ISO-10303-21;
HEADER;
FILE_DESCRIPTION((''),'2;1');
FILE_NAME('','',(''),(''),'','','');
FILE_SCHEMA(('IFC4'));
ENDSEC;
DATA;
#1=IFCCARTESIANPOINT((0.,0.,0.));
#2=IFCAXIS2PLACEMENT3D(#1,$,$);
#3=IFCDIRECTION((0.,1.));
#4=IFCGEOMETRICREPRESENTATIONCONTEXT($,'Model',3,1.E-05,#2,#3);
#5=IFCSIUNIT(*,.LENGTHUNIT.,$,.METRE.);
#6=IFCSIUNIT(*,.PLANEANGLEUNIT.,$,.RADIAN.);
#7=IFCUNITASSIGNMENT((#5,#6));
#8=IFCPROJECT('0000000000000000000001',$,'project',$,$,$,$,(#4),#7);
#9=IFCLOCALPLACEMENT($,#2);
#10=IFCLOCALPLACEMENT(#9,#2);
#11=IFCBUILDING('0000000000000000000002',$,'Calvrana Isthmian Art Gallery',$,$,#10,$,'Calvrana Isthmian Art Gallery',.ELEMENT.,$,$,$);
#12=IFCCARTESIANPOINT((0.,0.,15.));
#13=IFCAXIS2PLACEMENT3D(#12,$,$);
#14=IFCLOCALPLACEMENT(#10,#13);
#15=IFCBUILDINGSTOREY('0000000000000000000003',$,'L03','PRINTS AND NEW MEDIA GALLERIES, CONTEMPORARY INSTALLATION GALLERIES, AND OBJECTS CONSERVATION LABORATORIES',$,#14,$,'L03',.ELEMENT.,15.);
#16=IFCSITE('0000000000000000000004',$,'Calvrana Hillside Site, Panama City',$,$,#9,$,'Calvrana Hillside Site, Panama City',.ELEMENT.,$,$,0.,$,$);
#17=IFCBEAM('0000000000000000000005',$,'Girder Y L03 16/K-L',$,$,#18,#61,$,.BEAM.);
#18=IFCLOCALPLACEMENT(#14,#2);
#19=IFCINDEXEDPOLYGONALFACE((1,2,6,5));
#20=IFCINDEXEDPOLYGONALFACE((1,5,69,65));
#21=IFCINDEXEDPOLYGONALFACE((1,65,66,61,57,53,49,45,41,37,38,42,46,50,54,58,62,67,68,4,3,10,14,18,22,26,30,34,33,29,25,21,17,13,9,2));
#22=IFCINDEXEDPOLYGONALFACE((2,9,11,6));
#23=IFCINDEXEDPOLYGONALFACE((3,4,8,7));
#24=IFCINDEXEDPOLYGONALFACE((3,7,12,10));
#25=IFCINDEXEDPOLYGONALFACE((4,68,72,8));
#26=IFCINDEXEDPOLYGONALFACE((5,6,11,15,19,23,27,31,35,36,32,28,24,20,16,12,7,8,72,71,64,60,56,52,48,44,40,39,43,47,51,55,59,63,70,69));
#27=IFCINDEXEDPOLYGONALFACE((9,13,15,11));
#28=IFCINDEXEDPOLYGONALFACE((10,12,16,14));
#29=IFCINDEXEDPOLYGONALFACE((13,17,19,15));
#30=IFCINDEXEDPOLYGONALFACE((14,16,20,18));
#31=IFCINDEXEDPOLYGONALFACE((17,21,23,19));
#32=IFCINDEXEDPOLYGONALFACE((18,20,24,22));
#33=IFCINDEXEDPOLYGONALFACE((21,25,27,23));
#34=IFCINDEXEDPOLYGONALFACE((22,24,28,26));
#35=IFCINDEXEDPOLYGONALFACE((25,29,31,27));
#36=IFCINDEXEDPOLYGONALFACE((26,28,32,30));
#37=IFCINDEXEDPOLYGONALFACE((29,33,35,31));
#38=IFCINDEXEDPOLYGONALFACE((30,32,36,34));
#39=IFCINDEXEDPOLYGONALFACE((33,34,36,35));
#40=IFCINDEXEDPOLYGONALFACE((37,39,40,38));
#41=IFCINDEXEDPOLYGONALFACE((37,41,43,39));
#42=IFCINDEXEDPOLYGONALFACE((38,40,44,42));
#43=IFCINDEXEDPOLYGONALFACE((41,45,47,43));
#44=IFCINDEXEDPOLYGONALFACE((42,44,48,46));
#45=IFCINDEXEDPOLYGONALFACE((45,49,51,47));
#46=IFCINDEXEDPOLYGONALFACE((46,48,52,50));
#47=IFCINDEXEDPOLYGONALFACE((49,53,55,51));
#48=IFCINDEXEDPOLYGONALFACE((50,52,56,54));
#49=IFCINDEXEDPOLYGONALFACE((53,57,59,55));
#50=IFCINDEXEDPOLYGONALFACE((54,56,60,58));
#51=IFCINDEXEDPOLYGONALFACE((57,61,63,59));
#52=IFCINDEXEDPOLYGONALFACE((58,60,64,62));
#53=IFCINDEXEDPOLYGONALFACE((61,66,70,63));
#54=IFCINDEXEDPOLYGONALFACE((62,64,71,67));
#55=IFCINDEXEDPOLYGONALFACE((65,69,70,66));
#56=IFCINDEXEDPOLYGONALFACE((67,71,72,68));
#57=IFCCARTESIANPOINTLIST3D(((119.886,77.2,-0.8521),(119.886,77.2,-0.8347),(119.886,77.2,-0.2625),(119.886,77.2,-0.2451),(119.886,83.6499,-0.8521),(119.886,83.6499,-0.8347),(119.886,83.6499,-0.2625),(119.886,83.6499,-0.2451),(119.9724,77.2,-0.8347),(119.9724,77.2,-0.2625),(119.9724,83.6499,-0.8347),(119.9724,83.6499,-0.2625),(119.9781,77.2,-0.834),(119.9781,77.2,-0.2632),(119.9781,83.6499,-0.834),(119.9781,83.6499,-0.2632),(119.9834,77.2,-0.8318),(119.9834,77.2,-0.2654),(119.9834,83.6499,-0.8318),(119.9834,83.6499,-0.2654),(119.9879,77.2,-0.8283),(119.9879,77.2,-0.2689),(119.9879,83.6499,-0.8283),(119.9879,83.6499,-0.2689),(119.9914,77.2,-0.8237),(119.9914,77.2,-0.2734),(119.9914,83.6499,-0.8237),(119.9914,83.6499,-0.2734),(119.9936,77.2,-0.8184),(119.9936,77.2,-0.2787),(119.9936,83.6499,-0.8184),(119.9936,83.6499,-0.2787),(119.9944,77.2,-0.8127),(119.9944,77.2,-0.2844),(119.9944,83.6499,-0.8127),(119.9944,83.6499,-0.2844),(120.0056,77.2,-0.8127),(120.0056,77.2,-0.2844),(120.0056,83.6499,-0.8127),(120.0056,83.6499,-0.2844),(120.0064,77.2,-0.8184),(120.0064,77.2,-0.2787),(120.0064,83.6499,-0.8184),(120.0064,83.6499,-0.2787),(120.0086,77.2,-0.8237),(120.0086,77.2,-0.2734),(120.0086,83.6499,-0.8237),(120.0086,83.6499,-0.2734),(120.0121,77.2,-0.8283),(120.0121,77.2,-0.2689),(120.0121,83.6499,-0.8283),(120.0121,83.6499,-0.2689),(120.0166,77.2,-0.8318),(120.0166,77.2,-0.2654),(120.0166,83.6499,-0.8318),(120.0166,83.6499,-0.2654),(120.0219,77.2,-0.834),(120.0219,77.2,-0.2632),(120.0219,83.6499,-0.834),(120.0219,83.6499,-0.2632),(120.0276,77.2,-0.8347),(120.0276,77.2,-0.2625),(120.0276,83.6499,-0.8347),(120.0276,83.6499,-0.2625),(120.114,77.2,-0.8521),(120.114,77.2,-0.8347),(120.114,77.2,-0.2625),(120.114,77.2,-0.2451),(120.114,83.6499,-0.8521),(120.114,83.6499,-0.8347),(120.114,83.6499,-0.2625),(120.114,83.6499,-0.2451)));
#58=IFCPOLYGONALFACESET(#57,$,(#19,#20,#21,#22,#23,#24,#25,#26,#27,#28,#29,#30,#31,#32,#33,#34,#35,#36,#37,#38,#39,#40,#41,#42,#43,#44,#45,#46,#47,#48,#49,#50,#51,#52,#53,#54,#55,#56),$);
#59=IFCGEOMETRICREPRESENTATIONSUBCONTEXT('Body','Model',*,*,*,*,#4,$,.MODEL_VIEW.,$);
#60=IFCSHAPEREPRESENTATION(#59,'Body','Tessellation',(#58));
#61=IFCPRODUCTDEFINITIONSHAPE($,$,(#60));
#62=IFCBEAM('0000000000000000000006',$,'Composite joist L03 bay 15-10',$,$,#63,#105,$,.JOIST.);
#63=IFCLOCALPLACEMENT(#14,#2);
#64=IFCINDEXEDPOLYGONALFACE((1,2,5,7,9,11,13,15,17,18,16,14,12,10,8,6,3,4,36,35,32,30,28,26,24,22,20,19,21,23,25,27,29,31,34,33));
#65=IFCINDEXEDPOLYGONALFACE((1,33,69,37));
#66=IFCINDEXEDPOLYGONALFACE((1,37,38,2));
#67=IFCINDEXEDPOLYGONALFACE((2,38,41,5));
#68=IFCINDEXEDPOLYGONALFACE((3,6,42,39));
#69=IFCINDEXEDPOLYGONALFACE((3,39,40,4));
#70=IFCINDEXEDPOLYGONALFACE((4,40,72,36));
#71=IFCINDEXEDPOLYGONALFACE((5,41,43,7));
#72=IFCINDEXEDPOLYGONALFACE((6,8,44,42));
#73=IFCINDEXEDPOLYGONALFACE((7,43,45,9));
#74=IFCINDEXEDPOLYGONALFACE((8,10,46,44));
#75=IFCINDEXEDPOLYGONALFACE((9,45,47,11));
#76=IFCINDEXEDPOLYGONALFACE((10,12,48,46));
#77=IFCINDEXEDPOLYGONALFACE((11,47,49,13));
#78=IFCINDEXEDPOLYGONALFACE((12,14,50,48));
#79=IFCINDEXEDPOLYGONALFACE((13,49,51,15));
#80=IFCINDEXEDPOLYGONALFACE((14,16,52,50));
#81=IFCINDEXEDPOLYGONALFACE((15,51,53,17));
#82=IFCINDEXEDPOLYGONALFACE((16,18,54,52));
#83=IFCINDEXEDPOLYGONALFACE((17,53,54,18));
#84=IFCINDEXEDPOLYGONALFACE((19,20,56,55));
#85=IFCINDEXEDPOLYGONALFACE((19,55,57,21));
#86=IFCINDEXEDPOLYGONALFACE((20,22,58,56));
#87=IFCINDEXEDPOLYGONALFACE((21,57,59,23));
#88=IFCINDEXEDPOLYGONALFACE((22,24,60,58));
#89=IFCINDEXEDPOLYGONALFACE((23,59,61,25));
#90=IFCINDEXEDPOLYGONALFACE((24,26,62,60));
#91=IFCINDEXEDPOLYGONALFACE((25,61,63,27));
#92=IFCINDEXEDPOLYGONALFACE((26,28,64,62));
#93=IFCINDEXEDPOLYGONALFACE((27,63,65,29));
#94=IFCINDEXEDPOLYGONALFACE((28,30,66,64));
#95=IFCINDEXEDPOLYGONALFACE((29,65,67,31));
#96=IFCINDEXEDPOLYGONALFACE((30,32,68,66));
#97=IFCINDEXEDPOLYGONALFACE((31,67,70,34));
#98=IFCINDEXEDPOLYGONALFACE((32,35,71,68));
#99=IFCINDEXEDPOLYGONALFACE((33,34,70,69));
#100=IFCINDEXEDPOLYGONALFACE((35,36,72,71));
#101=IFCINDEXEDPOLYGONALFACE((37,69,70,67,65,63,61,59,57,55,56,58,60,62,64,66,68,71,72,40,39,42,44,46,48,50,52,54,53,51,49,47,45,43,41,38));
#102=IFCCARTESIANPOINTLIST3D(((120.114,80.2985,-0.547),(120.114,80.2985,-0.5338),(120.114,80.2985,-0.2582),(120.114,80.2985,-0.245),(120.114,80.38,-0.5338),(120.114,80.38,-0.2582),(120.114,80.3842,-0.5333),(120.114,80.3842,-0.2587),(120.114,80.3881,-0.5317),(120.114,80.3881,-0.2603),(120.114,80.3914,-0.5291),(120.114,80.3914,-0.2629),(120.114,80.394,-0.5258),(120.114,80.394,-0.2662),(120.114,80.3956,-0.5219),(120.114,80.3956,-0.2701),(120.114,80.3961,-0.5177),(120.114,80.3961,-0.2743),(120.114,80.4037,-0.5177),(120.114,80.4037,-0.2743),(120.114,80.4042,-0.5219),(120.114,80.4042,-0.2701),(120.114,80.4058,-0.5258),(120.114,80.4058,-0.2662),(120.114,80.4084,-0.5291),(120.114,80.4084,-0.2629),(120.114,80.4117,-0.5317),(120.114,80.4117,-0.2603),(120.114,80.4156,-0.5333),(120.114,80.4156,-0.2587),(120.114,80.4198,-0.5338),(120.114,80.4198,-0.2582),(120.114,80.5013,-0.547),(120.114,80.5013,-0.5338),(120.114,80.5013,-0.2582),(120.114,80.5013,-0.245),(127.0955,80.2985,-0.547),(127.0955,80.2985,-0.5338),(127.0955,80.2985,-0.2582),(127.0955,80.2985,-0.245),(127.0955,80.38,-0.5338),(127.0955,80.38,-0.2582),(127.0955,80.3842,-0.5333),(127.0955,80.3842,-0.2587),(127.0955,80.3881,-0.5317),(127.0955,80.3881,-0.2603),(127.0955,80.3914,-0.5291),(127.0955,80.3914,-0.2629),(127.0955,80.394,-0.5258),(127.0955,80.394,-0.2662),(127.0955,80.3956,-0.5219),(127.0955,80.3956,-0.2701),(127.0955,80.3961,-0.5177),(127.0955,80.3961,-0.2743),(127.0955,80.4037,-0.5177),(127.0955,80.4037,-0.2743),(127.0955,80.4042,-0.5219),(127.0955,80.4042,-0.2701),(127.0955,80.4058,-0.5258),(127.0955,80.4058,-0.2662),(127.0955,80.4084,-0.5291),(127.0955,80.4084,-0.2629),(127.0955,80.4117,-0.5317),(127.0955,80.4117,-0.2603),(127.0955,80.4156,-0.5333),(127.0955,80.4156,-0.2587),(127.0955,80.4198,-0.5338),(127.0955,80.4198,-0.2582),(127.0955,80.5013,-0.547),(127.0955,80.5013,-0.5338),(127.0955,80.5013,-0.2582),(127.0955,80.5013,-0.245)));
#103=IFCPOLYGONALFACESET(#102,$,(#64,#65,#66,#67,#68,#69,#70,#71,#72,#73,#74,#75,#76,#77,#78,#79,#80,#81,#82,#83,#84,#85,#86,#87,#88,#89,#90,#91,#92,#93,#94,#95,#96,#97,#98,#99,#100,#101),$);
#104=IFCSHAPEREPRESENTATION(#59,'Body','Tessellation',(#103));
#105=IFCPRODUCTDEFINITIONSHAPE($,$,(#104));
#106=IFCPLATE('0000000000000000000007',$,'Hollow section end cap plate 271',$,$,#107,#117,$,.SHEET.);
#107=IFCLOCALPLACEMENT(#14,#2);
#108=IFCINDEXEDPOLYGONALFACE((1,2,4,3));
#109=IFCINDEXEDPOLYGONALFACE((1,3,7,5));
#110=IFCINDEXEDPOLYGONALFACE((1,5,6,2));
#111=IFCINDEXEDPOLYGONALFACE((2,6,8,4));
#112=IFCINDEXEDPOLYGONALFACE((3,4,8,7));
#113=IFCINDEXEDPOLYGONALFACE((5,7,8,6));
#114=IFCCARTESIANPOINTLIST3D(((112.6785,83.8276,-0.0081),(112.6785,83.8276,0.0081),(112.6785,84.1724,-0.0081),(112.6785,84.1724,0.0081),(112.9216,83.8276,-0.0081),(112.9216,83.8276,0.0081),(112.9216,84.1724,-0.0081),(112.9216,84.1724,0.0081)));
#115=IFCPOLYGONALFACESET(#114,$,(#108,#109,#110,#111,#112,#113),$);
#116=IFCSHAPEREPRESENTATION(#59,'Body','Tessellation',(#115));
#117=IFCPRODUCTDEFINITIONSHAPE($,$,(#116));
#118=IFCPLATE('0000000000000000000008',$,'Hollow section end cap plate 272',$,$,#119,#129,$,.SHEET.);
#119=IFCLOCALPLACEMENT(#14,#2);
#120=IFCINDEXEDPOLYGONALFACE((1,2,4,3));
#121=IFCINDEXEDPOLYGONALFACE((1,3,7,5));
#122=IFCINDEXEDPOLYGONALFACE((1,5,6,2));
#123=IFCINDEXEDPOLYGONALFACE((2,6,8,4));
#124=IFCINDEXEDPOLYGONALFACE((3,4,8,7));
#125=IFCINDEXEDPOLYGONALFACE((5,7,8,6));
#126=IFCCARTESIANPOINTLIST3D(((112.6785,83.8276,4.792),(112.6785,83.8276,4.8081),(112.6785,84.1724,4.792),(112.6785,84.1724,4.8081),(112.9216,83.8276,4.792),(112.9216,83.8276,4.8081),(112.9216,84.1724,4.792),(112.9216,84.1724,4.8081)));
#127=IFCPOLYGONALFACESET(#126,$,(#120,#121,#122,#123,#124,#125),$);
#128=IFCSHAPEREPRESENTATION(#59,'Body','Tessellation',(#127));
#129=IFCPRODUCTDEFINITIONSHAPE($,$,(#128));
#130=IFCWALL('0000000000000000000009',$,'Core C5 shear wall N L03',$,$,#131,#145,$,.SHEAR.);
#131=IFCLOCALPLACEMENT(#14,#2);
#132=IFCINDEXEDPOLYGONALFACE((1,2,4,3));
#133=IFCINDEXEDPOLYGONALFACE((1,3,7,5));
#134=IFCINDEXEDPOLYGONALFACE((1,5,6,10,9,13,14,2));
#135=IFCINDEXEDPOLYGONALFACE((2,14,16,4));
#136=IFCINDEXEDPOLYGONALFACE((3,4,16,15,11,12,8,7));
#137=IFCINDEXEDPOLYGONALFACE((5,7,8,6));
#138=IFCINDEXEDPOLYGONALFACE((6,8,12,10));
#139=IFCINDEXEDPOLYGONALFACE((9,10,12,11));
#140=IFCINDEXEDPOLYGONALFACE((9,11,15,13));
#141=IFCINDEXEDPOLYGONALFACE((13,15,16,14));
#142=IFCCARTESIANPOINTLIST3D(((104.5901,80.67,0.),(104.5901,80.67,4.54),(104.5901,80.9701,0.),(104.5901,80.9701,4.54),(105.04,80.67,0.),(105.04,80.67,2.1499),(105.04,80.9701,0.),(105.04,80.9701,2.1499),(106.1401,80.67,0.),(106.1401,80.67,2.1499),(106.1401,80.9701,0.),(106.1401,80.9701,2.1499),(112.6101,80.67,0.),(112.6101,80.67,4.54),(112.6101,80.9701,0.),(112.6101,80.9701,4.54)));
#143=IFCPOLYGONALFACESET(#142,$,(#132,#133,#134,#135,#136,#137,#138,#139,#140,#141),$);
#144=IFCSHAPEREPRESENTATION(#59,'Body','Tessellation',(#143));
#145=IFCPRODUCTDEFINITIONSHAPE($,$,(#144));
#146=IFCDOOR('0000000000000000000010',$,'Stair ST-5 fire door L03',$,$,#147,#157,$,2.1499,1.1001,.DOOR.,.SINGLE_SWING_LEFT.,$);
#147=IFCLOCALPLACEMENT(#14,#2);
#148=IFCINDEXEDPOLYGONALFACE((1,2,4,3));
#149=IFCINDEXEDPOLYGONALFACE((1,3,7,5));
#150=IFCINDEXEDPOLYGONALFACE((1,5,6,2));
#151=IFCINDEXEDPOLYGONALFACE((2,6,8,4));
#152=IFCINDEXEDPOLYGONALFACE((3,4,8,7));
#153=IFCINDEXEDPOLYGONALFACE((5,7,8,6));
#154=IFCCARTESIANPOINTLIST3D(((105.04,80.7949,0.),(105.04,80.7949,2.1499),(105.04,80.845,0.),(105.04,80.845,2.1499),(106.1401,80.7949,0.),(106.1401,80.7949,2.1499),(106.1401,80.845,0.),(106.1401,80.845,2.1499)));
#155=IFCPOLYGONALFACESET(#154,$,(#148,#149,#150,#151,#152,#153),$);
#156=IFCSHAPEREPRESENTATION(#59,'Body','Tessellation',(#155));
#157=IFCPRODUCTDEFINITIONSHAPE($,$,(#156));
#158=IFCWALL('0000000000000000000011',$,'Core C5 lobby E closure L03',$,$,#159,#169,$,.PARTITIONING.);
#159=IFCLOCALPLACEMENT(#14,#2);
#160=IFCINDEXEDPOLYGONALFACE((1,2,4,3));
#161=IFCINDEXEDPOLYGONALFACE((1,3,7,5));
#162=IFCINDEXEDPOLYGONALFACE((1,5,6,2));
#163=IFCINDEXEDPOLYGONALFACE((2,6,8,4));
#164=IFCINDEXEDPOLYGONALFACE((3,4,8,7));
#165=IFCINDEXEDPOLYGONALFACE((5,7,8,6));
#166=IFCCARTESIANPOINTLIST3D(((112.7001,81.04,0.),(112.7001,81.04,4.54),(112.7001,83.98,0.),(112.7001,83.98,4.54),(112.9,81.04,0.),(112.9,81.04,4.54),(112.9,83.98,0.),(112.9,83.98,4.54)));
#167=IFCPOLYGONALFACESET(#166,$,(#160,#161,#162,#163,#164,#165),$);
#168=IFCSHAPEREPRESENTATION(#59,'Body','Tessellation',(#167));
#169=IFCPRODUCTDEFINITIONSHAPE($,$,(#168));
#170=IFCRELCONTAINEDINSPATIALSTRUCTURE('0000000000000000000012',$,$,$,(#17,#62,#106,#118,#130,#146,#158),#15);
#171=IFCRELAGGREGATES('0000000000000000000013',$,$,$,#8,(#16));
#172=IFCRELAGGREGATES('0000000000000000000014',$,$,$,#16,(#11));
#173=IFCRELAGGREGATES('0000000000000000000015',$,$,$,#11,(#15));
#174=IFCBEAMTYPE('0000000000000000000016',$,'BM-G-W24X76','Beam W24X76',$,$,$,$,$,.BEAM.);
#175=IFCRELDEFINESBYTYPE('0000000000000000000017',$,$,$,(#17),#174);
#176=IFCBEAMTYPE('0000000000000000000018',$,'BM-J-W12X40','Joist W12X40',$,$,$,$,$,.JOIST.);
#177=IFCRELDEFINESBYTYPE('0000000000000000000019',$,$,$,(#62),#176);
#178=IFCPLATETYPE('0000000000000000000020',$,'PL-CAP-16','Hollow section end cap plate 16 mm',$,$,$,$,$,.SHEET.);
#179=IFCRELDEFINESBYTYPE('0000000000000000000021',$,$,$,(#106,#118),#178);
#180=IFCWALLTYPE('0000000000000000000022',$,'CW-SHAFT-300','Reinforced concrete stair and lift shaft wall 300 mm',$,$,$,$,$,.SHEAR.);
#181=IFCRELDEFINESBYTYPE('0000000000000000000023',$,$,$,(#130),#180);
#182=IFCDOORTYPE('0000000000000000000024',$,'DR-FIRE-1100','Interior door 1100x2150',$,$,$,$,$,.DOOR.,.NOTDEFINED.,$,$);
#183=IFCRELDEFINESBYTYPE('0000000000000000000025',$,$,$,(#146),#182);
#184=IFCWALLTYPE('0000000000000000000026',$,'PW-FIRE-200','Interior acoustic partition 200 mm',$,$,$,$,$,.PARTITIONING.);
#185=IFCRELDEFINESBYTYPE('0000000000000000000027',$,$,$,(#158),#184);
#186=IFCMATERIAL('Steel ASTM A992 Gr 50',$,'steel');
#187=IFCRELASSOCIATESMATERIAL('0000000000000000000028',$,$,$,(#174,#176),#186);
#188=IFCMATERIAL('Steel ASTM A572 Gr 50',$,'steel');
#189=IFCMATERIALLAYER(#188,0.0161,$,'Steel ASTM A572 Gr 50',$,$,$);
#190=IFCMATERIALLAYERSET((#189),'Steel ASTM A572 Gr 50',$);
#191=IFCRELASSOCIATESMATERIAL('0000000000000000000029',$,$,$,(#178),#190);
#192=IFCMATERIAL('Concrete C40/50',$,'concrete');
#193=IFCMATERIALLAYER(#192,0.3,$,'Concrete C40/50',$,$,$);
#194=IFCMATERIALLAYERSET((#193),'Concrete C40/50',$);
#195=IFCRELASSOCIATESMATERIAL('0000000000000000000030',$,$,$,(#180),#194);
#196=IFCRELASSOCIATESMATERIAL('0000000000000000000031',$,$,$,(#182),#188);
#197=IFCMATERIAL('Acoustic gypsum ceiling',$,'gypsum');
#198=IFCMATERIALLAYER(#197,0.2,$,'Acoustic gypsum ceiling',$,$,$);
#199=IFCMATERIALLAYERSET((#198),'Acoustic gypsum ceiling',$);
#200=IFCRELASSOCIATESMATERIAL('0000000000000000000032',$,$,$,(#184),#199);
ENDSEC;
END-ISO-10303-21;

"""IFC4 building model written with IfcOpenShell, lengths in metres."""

from ifc_helpers import new_model, si_unit, direction, frame, frame_2d, origin, origin_2d, place, context, subcontext, project, spatial, rectangle, i_section, extrude, material, layer, layer_set, material_profile, profile_set, type_object, element, fill, save


model = new_model("IFC4")

# Units and contexts
model_context = context("Model", 3, precision=1e-05, world=origin(), true_north=direction((0.0, 1.0)))
body_context = subcontext(model_context, "Body", "Model", "MODEL_VIEW")
ifc_project = project(units=[si_unit("LENGTHUNIT", "METRE"), si_unit("PLANEANGLEUNIT", "RADIAN")], contexts=[model_context])

# Site, building, storey
site_placement = place(None, origin())
site = spatial("IfcSite", under=ifc_project, at=site_placement, Name="Calvrana Hillside Site, Panama City", LongName="Calvrana Hillside Site, Panama City", CompositionType="ELEMENT", RefElevation=0.0)
building_placement = place(site_placement, origin())
building = spatial("IfcBuilding", under=site, at=building_placement, Name="Calvrana Isthmian Art Gallery", LongName="Calvrana Isthmian Art Gallery", CompositionType="ELEMENT")
storey_placement = place(building_placement, frame((0.0, 0.0, 15.0)))
storey = spatial("IfcBuildingStorey", under=building, at=storey_placement, Name="L03", Description="PRINTS AND NEW MEDIA GALLERIES, CONTEMPORARY INSTALLATION GALLERIES, AND OBJECTS CONSERVATION LABORATORIES", LongName="L03", CompositionType="ELEMENT", Elevation=15.0)

# Shared definitions
ifc_material_1 = material(Name="Concrete C40/50", Category="concrete")

# Beams
ifc_material_2 = material(Name="Steel ASTM A992 Gr 50", Category="steel")
ifc_material_profile_1 = material_profile(ifc_material_2, i_section(OverallWidth=0.228, OverallDepth=0.6069, WebThickness=0.0112, FlangeThickness=0.0173, FilletRadius=0.022, at=origin_2d()), Name="W24X76")
ifc_profile_set_1 = profile_set([ifc_material_profile_1], Name="Steel ASTM A992 Gr 50")
beam_type_1 = type_object("IfcBeamType", Name="BM-G-W24X76", Description="Beam W24X76", PredefinedType="BEAM", material=ifc_profile_set_1)
beam_1_placement = place(storey_placement, frame((120.0, 77.2, -0.5486), z_axis=(0.0, 1.0, 0.0), x_axis=(-1.0, 0.0, 0.0)))
element("IfcBeam", 1, at=beam_1_placement, inside=storey, type_object=beam_type_1, Name="Girder Y L03 16/K-L", PredefinedType="BEAM", context=body_context, shape_type="SweptSolid", body=[
    extrude(i_section(OverallWidth=0.228, OverallDepth=0.6069, WebThickness=0.0112, FlangeThickness=0.0173, FilletRadius=0.022, at=origin_2d()), origin(), (0.0, 0.0, 1.0), 6.45),
])
ifc_material_profile_2 = material_profile(ifc_material_2, i_section(OverallWidth=0.2029, OverallDepth=0.302, WebThickness=0.0076, FlangeThickness=0.0132, FilletRadius=0.0161, at=origin_2d()), Name="W12X40")
ifc_profile_set_2 = profile_set([ifc_material_profile_2], Name="Steel ASTM A992 Gr 50")
beam_type_2 = type_object("IfcBeamType", Name="BM-J-W12X40", Description="Joist W12X40", PredefinedType="JOIST", material=ifc_profile_set_2)
beam_2_placement = place(storey_placement, frame((120.114, 80.3999, -0.396), z_axis=(1.0, 0.0, 0.0), x_axis=(0.0, 1.0, 0.0)))
element("IfcBeam", 2, at=beam_2_placement, inside=storey, type_object=beam_type_2, Name="Composite joist L03 bay 15-10", PredefinedType="JOIST", context=body_context, shape_type="SweptSolid", body=[
    extrude(i_section(OverallWidth=0.2029, OverallDepth=0.302, WebThickness=0.0076, FlangeThickness=0.0132, FilletRadius=0.0161, at=origin_2d()), origin(), (0.0, 0.0, 1.0), 6.9814),
])

# Plates
ifc_material_3 = material(Name="Steel ASTM A572 Gr 50", Category="steel")
ifc_layer_1 = layer(ifc_material_3, 0.0161, Name="Steel ASTM A572 Gr 50")
ifc_layer_set_1 = layer_set([ifc_layer_1], Name="Steel ASTM A572 Gr 50")
plate_type = type_object("IfcPlateType", Name="PL-CAP-16", Description="Hollow section end cap plate 16 mm", PredefinedType="SHEET", material=ifc_layer_set_1)
for number, where, z_axis, x_axis, name in (
    (3, (112.8, 84.0, -0.0081), (0.0, 0.0, 1.0), (1.0, 0.0, 0.0), "Hollow section end cap plate 271"),
    (4, (112.8, 84.0, 4.792), (0.0, 0.0, 1.0), (1.0, 0.0, 0.0), "Hollow section end cap plate 272"),
):
    element("IfcPlate", number, at=place(storey_placement, frame(where, z_axis=z_axis, x_axis=x_axis)), inside=storey, type_object=plate_type, Name=name, PredefinedType="SHEET", context=body_context, shape_type="SweptSolid", body=[
        extrude(rectangle(XDim=0.2432, YDim=0.3447, at=origin_2d()), origin(), (0.0, 0.0, 1.0), 0.0161),
    ])

# Wall, opening, door
ifc_layer_2 = layer(ifc_material_1, 0.3, Name="Concrete C40/50")
ifc_layer_set_2 = layer_set([ifc_layer_2], Name="Concrete C40/50")
wall_type_1 = type_object("IfcWallType", Name="CW-SHAFT-300", Description="Reinforced concrete stair and lift shaft wall 300 mm", PredefinedType="SHEAR", material=ifc_layer_set_2)
wall_1_placement = place(storey_placement, frame((104.5901, 80.8201, 0.0), z_axis=(0.0, 0.0, 1.0), x_axis=(1.0, 0.0, 0.0)))
wall_1 = element("IfcWall", 5, at=wall_1_placement, inside=storey, type_object=wall_type_1, Name="Core C5 shear wall N L03", PredefinedType="SHEAR", context=body_context, shape_type="SweptSolid", body=[
    extrude(rectangle(XDim=8.02, YDim=0.3, at=frame_2d((4.01, 0.0))), origin(), (0.0, 0.0, 1.0), 4.54),
])
opening_1_placement = place(wall_1_placement, frame((0.45, 0.0, 0.0)))
opening_1 = element("IfcOpeningElement", 6, at=opening_1_placement, cuts=wall_1, PredefinedType="OPENING", context=body_context, shape_type="SweptSolid", body=[
    extrude(rectangle(XDim=1.1001, YDim=2.1499, at=frame_2d((0.55, 1.075))), frame((0.0, 0.1602, 0.0), z_axis=(0.0, -1.0, 0.0), x_axis=(1.0, 0.0, 0.0)), (0.0, 0.0, 1.0), 0.3206),
])
door_type_1 = type_object("IfcDoorType", Name="DR-FIRE-1100", Description="Interior door 1100x2150", OperationType="NOTDEFINED", PredefinedType="DOOR", material=ifc_material_3)
door_1_placement = place(opening_1_placement, origin())
door_1 = element("IfcDoor", 7, at=door_1_placement, inside=storey, type_object=door_type_1, Name="Stair ST-5 fire door L03", OperationType="SINGLE_SWING_LEFT", OverallHeight=2.1499, OverallWidth=1.1001, PredefinedType="DOOR", context=body_context, shape_type="SweptSolid", body=[
    extrude(rectangle(XDim=1.1001, YDim=2.1499, at=frame_2d((0.55, 1.075))), frame((0.0, 0.0249, 0.0), z_axis=(0.0, -1.0, 0.0), x_axis=(1.0, 0.0, 0.0)), (0.0, 0.0, 1.0), 0.05),
])
fill(opening_1, door_1)

# Wall
ifc_material_4 = material(Name="Acoustic gypsum ceiling", Category="gypsum")
ifc_layer_3 = layer(ifc_material_4, 0.2, Name="Acoustic gypsum ceiling")
ifc_layer_set_3 = layer_set([ifc_layer_3], Name="Acoustic gypsum ceiling")
wall_type_2 = type_object("IfcWallType", Name="PW-FIRE-200", Description="Interior acoustic partition 200 mm", PredefinedType="PARTITIONING", material=ifc_layer_set_3)
wall_2_placement = place(storey_placement, frame((112.8, 81.04, 0.0), z_axis=(0.0, 0.0, 1.0), x_axis=(0.0, 1.0, 0.0)))
element("IfcWall", 8, at=wall_2_placement, inside=storey, type_object=wall_type_2, Name="Core C5 lobby E closure L03", PredefinedType="PARTITIONING", context=body_context, shape_type="SweptSolid", body=[
    extrude(rectangle(XDim=2.9399, YDim=0.2, at=frame_2d((1.47, 0.0))), origin(), (0.0, 0.0, 1.0), 4.54),
])

save(model, "model.ifc")
